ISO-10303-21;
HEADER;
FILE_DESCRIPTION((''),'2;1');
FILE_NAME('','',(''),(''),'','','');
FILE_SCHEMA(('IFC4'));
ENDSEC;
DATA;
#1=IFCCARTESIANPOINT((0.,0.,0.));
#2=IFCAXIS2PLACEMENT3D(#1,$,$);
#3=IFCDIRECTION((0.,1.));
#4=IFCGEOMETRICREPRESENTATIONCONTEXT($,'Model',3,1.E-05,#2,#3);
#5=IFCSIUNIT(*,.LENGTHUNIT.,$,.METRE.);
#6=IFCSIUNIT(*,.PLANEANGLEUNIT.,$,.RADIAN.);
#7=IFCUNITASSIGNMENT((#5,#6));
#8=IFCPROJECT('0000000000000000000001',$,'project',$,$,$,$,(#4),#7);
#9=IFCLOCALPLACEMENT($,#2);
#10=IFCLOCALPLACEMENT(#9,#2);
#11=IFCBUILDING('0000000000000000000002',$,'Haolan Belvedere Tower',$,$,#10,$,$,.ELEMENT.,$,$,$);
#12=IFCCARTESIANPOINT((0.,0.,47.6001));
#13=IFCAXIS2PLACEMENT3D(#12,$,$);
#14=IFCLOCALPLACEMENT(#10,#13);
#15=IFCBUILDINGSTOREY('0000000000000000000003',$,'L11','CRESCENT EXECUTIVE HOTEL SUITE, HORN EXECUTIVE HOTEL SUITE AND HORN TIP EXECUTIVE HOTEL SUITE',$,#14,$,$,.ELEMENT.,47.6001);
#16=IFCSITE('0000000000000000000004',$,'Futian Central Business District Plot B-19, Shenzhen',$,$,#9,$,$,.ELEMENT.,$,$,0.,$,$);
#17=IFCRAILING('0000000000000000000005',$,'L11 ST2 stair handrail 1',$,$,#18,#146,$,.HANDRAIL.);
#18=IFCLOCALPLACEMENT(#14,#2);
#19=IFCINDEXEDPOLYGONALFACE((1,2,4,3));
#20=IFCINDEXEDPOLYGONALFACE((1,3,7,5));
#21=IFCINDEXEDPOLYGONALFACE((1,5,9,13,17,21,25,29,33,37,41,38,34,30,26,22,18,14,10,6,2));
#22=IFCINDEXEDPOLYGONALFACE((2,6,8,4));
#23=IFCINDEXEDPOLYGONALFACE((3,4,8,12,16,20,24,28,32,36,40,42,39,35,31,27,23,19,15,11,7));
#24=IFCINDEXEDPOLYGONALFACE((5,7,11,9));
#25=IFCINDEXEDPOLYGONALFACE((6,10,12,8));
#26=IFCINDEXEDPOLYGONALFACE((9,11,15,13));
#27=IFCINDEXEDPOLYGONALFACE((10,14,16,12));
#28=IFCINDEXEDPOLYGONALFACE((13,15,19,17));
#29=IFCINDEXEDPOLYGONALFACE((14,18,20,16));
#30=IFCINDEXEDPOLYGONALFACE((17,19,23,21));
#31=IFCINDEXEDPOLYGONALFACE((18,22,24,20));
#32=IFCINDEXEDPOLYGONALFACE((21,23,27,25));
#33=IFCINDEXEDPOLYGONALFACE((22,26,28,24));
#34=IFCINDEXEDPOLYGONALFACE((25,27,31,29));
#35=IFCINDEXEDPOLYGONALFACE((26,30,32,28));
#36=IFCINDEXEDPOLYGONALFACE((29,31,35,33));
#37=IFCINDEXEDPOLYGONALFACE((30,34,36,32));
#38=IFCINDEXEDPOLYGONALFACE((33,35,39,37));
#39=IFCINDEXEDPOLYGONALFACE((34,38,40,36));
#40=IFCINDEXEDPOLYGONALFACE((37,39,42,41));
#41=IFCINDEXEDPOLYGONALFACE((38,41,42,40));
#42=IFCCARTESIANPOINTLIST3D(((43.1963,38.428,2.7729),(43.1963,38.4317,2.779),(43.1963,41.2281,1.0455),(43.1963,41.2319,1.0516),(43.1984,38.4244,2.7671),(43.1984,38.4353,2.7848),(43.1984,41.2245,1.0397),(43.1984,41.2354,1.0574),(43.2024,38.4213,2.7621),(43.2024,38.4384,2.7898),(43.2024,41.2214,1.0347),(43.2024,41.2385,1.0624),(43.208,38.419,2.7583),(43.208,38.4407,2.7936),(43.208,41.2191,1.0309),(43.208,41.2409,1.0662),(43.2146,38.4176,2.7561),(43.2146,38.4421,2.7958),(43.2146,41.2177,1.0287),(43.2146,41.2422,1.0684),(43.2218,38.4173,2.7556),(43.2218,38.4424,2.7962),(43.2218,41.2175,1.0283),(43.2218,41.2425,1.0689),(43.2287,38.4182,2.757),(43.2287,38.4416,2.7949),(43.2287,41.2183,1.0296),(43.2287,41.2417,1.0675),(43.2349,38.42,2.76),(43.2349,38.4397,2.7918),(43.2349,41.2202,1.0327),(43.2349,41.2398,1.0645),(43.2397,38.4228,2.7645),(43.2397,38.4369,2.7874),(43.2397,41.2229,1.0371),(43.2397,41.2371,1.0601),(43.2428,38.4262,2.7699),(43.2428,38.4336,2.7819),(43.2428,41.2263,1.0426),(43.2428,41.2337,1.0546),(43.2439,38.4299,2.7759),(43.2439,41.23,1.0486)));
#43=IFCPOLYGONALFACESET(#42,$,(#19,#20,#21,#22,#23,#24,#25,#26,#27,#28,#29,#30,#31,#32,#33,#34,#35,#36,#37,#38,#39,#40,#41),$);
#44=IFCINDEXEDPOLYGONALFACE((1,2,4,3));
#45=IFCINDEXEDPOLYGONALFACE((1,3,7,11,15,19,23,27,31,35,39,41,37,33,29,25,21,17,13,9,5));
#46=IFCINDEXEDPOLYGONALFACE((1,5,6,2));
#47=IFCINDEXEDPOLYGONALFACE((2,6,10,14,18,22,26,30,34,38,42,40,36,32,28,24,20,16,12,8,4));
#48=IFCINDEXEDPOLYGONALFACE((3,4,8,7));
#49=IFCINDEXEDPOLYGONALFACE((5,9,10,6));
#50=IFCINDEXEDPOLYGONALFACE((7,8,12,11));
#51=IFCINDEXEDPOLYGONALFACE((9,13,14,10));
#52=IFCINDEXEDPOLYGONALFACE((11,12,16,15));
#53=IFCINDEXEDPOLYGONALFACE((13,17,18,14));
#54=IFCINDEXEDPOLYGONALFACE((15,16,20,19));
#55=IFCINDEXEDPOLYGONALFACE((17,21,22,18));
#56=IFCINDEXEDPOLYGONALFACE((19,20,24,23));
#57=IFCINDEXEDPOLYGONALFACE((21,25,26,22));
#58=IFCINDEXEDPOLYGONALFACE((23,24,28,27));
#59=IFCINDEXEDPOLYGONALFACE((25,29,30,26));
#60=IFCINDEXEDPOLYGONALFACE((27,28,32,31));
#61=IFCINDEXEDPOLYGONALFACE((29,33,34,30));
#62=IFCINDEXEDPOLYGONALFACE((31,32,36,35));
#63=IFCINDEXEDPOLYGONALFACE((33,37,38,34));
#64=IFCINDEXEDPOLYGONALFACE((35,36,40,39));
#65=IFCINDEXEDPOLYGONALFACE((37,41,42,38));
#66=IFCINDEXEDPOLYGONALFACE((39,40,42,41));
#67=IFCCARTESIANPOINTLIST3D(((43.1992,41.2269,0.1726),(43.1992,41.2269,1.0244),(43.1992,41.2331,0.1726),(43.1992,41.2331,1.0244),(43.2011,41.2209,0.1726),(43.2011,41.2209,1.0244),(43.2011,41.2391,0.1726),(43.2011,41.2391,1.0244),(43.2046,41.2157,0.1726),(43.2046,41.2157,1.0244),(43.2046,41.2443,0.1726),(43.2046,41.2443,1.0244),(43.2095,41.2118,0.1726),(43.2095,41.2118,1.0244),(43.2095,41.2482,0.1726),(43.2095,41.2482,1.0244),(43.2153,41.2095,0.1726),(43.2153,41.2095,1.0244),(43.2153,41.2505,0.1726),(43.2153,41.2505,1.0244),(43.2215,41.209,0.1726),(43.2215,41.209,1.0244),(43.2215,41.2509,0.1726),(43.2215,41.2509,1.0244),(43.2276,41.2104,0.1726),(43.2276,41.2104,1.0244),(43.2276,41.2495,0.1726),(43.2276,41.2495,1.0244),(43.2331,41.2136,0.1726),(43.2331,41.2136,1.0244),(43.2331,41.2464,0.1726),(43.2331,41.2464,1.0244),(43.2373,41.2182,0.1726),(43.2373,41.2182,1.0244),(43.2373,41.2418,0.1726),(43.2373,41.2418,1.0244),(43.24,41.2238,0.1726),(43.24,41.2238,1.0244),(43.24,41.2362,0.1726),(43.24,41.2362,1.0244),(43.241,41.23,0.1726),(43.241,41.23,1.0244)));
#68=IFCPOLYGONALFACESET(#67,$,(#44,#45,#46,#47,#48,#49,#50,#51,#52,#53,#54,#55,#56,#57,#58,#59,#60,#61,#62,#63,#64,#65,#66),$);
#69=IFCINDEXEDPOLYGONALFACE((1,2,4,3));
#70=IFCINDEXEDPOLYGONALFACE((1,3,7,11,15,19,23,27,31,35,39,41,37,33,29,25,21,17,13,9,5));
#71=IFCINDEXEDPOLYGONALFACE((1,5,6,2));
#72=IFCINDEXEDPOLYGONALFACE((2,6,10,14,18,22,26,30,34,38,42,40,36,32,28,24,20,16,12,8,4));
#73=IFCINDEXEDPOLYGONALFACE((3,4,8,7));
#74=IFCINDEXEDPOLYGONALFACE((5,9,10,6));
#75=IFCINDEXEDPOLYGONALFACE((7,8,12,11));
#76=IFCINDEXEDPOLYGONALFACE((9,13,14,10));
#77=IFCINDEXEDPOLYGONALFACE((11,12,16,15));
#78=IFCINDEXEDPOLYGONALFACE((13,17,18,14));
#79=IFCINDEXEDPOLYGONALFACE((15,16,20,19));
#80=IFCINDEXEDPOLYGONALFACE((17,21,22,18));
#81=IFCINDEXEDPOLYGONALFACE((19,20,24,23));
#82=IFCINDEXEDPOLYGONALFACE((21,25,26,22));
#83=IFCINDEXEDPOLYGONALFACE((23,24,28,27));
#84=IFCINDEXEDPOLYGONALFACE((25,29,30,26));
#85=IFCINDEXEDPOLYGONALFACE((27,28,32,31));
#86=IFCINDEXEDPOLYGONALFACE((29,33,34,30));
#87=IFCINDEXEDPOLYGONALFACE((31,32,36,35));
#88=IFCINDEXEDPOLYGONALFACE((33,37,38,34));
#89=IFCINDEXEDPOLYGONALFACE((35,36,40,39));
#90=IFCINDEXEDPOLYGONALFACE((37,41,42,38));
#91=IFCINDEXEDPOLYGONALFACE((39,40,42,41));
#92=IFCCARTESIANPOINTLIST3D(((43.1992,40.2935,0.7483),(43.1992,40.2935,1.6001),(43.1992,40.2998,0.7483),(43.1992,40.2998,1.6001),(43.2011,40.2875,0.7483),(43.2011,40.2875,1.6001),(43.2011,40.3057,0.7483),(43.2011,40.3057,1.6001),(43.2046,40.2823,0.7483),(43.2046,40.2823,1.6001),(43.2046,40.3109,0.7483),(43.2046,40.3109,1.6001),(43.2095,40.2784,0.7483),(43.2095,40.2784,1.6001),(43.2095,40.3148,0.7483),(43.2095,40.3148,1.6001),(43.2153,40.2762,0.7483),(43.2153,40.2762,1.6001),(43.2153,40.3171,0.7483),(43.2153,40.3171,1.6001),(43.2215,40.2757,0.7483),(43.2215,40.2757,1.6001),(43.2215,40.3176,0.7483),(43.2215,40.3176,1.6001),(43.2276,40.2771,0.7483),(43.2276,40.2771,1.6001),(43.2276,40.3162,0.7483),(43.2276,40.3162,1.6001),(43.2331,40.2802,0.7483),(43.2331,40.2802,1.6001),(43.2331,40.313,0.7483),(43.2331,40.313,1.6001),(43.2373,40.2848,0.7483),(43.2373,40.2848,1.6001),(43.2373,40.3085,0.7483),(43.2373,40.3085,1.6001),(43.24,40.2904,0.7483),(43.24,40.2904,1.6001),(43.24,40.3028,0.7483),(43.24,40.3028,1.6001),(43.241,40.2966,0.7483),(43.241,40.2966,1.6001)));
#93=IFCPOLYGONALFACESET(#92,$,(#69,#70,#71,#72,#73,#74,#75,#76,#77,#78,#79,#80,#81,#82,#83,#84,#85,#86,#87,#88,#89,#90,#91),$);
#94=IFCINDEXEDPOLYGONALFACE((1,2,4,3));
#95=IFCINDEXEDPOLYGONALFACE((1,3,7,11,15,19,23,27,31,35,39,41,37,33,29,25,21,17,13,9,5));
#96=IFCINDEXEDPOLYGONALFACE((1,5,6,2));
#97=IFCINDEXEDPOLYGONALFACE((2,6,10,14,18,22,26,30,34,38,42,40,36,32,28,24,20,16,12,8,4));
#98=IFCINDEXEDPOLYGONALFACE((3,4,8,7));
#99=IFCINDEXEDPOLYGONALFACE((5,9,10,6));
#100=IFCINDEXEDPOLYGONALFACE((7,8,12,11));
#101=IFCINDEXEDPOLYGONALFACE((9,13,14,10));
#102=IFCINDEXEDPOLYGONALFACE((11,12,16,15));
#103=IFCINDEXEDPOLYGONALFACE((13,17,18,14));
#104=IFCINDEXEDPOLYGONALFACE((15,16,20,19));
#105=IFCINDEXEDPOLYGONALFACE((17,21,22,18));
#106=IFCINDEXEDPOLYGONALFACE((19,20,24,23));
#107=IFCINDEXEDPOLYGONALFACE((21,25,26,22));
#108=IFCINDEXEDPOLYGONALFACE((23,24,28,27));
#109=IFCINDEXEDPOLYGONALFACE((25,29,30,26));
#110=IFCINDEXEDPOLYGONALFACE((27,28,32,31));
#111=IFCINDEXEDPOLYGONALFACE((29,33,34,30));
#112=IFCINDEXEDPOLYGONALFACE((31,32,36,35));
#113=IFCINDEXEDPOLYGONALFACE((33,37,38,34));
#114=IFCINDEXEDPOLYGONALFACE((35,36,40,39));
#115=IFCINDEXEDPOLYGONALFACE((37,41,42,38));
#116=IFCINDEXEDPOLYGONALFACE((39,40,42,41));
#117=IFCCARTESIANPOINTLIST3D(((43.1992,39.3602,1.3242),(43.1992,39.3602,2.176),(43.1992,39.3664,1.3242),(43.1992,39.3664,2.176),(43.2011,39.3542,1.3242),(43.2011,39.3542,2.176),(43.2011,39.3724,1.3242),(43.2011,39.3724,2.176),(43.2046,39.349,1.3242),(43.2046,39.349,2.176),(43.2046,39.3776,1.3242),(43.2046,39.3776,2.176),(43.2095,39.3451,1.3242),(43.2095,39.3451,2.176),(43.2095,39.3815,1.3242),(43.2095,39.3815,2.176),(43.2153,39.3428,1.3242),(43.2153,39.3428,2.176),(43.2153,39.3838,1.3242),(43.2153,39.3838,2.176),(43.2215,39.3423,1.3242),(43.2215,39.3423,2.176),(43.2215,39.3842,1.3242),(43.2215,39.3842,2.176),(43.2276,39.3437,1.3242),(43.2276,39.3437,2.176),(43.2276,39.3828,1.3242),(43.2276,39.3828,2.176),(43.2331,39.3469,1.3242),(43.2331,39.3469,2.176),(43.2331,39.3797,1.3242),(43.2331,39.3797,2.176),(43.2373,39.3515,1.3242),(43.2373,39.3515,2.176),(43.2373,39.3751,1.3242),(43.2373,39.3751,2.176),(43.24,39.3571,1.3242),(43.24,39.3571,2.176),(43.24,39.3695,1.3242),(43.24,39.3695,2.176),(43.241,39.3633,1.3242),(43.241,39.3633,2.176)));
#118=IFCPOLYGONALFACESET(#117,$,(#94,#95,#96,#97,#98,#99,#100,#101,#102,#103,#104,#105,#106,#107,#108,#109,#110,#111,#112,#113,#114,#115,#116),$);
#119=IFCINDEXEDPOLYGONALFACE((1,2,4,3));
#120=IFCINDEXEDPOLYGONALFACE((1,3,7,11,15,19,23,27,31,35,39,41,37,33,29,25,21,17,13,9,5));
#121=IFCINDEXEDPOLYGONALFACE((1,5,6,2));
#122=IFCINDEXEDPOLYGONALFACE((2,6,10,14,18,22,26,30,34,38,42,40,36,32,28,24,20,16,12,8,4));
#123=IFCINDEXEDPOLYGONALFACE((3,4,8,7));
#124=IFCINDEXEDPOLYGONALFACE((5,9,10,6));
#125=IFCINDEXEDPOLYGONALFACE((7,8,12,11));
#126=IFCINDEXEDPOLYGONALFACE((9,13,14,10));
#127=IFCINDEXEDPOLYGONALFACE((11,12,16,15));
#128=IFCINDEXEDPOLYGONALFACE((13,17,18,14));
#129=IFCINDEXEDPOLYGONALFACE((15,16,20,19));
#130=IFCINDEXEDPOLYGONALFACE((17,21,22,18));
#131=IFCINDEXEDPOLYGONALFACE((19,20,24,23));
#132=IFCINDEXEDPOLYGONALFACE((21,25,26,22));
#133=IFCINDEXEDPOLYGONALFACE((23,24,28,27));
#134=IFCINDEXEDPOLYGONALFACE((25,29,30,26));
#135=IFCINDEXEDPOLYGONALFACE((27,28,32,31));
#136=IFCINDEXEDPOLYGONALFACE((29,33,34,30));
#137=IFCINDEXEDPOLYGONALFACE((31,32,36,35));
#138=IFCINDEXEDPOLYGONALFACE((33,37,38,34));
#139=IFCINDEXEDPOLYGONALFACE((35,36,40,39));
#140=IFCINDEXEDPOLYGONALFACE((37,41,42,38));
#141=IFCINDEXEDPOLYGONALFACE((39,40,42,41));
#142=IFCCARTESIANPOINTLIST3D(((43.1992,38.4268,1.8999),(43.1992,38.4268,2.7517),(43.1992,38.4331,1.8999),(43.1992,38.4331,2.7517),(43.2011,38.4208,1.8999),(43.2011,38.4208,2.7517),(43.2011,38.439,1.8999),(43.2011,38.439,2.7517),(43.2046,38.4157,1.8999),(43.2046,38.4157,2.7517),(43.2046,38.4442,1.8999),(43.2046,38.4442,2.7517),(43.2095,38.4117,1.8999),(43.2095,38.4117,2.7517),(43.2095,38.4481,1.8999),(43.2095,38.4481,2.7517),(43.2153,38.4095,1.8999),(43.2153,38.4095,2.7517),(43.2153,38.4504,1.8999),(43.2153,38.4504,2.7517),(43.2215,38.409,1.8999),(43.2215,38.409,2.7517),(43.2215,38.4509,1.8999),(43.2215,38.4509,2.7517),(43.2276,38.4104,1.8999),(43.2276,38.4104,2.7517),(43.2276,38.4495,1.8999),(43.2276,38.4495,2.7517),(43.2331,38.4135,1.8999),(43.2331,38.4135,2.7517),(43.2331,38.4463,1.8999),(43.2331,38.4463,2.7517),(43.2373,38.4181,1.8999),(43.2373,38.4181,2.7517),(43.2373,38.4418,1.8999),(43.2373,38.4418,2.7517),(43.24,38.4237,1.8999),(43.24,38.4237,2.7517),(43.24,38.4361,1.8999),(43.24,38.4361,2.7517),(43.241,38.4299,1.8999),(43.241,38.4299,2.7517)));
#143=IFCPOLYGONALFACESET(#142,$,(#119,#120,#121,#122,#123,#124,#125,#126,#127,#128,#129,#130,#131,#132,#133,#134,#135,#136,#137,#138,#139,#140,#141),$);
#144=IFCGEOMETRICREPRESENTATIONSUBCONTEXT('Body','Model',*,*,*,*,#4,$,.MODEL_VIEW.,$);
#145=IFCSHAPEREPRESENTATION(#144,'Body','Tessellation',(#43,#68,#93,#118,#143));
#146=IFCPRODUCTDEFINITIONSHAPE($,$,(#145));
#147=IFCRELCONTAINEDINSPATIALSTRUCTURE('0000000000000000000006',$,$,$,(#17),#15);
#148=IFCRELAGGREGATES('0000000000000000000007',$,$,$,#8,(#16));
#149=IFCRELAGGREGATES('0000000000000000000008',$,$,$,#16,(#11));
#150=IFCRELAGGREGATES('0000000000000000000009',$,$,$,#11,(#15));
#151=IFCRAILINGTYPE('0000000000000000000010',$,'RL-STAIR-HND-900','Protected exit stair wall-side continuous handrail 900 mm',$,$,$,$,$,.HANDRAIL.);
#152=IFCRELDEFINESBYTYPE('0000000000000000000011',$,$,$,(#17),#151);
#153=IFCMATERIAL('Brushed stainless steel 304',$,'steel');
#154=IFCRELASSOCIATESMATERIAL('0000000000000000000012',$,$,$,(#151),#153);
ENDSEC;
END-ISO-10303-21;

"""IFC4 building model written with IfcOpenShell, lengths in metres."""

from ifc_helpers import new_model, si_unit, direction, frame, origin, origin_2d, place, context, subcontext, project, spatial, circle, extrude, material, type_object, element, save


model = new_model("IFC4")

# Units and contexts
model_context = context("Model", 3, precision=1e-05, world=origin(), true_north=direction((0.0, 1.0)))
body_context = subcontext(model_context, "Body", "Model", "MODEL_VIEW")
ifc_project = project(units=[si_unit("LENGTHUNIT", "METRE"), si_unit("PLANEANGLEUNIT", "RADIAN")], contexts=[model_context])

# Site, building, storey
site_placement = place(None, origin())
site = spatial("IfcSite", under=ifc_project, at=site_placement, Name="Futian Central Business District Plot B-19, Shenzhen", CompositionType="ELEMENT", RefElevation=0.0)
building_placement = place(site_placement, origin())
building = spatial("IfcBuilding", under=site, at=building_placement, Name="Haolan Belvedere Tower", CompositionType="ELEMENT")
storey_placement = place(building_placement, frame((0.0, 0.0, 47.6001)))
storey = spatial("IfcBuildingStorey", under=building, at=storey_placement, Name="L11", Description="CRESCENT EXECUTIVE HOTEL SUITE, HORN EXECUTIVE HOTEL SUITE AND HORN TIP EXECUTIVE HOTEL SUITE", CompositionType="ELEMENT", Elevation=47.6001)

# Railing
ifc_material_1 = material(Name="Brushed stainless steel 304", Category="steel")
railing_type_1 = type_object("IfcRailingType", Name="RL-STAIR-HND-900", Description="Protected exit stair wall-side continuous handrail 900 mm", PredefinedType="HANDRAIL", material=ifc_material_1)
railing_1_placement = place(storey_placement, frame((43.22, 41.23, 0.1726)))
element("IfcRailing", 1, at=railing_1_placement, inside=storey, type_object=railing_type_1, Name="L11 ST2 stair handrail 1", PredefinedType="HANDRAIL", context=body_context, shape_type="SweptSolid", body=[
    extrude(circle(Radius=0.0239, at=origin_2d()), frame((0.0, 0.0, 0.876), z_axis=(0.0, -0.85109, 0.52502), x_axis=(1.0, 0.0, 0.0)), (0.0, 0.0, 1.0), 3.29),
    extrude(circle(Radius=0.021, at=origin_2d()), origin(), (0.0, 0.0, 1.0), 0.8518),
    extrude(circle(Radius=0.021, at=origin_2d()), frame((0.0, -0.9333, 0.5757)), (0.0, 0.0, 1.0), 0.8518),
    extrude(circle(Radius=0.021, at=origin_2d()), frame((0.0, -1.8667, 1.1516)), (0.0, 0.0, 1.0), 0.8518),
    extrude(circle(Radius=0.021, at=origin_2d()), frame((0.0, -2.8, 1.7273)), (0.0, 0.0, 1.0), 0.8518),
])

save(model, "model.ifc")
